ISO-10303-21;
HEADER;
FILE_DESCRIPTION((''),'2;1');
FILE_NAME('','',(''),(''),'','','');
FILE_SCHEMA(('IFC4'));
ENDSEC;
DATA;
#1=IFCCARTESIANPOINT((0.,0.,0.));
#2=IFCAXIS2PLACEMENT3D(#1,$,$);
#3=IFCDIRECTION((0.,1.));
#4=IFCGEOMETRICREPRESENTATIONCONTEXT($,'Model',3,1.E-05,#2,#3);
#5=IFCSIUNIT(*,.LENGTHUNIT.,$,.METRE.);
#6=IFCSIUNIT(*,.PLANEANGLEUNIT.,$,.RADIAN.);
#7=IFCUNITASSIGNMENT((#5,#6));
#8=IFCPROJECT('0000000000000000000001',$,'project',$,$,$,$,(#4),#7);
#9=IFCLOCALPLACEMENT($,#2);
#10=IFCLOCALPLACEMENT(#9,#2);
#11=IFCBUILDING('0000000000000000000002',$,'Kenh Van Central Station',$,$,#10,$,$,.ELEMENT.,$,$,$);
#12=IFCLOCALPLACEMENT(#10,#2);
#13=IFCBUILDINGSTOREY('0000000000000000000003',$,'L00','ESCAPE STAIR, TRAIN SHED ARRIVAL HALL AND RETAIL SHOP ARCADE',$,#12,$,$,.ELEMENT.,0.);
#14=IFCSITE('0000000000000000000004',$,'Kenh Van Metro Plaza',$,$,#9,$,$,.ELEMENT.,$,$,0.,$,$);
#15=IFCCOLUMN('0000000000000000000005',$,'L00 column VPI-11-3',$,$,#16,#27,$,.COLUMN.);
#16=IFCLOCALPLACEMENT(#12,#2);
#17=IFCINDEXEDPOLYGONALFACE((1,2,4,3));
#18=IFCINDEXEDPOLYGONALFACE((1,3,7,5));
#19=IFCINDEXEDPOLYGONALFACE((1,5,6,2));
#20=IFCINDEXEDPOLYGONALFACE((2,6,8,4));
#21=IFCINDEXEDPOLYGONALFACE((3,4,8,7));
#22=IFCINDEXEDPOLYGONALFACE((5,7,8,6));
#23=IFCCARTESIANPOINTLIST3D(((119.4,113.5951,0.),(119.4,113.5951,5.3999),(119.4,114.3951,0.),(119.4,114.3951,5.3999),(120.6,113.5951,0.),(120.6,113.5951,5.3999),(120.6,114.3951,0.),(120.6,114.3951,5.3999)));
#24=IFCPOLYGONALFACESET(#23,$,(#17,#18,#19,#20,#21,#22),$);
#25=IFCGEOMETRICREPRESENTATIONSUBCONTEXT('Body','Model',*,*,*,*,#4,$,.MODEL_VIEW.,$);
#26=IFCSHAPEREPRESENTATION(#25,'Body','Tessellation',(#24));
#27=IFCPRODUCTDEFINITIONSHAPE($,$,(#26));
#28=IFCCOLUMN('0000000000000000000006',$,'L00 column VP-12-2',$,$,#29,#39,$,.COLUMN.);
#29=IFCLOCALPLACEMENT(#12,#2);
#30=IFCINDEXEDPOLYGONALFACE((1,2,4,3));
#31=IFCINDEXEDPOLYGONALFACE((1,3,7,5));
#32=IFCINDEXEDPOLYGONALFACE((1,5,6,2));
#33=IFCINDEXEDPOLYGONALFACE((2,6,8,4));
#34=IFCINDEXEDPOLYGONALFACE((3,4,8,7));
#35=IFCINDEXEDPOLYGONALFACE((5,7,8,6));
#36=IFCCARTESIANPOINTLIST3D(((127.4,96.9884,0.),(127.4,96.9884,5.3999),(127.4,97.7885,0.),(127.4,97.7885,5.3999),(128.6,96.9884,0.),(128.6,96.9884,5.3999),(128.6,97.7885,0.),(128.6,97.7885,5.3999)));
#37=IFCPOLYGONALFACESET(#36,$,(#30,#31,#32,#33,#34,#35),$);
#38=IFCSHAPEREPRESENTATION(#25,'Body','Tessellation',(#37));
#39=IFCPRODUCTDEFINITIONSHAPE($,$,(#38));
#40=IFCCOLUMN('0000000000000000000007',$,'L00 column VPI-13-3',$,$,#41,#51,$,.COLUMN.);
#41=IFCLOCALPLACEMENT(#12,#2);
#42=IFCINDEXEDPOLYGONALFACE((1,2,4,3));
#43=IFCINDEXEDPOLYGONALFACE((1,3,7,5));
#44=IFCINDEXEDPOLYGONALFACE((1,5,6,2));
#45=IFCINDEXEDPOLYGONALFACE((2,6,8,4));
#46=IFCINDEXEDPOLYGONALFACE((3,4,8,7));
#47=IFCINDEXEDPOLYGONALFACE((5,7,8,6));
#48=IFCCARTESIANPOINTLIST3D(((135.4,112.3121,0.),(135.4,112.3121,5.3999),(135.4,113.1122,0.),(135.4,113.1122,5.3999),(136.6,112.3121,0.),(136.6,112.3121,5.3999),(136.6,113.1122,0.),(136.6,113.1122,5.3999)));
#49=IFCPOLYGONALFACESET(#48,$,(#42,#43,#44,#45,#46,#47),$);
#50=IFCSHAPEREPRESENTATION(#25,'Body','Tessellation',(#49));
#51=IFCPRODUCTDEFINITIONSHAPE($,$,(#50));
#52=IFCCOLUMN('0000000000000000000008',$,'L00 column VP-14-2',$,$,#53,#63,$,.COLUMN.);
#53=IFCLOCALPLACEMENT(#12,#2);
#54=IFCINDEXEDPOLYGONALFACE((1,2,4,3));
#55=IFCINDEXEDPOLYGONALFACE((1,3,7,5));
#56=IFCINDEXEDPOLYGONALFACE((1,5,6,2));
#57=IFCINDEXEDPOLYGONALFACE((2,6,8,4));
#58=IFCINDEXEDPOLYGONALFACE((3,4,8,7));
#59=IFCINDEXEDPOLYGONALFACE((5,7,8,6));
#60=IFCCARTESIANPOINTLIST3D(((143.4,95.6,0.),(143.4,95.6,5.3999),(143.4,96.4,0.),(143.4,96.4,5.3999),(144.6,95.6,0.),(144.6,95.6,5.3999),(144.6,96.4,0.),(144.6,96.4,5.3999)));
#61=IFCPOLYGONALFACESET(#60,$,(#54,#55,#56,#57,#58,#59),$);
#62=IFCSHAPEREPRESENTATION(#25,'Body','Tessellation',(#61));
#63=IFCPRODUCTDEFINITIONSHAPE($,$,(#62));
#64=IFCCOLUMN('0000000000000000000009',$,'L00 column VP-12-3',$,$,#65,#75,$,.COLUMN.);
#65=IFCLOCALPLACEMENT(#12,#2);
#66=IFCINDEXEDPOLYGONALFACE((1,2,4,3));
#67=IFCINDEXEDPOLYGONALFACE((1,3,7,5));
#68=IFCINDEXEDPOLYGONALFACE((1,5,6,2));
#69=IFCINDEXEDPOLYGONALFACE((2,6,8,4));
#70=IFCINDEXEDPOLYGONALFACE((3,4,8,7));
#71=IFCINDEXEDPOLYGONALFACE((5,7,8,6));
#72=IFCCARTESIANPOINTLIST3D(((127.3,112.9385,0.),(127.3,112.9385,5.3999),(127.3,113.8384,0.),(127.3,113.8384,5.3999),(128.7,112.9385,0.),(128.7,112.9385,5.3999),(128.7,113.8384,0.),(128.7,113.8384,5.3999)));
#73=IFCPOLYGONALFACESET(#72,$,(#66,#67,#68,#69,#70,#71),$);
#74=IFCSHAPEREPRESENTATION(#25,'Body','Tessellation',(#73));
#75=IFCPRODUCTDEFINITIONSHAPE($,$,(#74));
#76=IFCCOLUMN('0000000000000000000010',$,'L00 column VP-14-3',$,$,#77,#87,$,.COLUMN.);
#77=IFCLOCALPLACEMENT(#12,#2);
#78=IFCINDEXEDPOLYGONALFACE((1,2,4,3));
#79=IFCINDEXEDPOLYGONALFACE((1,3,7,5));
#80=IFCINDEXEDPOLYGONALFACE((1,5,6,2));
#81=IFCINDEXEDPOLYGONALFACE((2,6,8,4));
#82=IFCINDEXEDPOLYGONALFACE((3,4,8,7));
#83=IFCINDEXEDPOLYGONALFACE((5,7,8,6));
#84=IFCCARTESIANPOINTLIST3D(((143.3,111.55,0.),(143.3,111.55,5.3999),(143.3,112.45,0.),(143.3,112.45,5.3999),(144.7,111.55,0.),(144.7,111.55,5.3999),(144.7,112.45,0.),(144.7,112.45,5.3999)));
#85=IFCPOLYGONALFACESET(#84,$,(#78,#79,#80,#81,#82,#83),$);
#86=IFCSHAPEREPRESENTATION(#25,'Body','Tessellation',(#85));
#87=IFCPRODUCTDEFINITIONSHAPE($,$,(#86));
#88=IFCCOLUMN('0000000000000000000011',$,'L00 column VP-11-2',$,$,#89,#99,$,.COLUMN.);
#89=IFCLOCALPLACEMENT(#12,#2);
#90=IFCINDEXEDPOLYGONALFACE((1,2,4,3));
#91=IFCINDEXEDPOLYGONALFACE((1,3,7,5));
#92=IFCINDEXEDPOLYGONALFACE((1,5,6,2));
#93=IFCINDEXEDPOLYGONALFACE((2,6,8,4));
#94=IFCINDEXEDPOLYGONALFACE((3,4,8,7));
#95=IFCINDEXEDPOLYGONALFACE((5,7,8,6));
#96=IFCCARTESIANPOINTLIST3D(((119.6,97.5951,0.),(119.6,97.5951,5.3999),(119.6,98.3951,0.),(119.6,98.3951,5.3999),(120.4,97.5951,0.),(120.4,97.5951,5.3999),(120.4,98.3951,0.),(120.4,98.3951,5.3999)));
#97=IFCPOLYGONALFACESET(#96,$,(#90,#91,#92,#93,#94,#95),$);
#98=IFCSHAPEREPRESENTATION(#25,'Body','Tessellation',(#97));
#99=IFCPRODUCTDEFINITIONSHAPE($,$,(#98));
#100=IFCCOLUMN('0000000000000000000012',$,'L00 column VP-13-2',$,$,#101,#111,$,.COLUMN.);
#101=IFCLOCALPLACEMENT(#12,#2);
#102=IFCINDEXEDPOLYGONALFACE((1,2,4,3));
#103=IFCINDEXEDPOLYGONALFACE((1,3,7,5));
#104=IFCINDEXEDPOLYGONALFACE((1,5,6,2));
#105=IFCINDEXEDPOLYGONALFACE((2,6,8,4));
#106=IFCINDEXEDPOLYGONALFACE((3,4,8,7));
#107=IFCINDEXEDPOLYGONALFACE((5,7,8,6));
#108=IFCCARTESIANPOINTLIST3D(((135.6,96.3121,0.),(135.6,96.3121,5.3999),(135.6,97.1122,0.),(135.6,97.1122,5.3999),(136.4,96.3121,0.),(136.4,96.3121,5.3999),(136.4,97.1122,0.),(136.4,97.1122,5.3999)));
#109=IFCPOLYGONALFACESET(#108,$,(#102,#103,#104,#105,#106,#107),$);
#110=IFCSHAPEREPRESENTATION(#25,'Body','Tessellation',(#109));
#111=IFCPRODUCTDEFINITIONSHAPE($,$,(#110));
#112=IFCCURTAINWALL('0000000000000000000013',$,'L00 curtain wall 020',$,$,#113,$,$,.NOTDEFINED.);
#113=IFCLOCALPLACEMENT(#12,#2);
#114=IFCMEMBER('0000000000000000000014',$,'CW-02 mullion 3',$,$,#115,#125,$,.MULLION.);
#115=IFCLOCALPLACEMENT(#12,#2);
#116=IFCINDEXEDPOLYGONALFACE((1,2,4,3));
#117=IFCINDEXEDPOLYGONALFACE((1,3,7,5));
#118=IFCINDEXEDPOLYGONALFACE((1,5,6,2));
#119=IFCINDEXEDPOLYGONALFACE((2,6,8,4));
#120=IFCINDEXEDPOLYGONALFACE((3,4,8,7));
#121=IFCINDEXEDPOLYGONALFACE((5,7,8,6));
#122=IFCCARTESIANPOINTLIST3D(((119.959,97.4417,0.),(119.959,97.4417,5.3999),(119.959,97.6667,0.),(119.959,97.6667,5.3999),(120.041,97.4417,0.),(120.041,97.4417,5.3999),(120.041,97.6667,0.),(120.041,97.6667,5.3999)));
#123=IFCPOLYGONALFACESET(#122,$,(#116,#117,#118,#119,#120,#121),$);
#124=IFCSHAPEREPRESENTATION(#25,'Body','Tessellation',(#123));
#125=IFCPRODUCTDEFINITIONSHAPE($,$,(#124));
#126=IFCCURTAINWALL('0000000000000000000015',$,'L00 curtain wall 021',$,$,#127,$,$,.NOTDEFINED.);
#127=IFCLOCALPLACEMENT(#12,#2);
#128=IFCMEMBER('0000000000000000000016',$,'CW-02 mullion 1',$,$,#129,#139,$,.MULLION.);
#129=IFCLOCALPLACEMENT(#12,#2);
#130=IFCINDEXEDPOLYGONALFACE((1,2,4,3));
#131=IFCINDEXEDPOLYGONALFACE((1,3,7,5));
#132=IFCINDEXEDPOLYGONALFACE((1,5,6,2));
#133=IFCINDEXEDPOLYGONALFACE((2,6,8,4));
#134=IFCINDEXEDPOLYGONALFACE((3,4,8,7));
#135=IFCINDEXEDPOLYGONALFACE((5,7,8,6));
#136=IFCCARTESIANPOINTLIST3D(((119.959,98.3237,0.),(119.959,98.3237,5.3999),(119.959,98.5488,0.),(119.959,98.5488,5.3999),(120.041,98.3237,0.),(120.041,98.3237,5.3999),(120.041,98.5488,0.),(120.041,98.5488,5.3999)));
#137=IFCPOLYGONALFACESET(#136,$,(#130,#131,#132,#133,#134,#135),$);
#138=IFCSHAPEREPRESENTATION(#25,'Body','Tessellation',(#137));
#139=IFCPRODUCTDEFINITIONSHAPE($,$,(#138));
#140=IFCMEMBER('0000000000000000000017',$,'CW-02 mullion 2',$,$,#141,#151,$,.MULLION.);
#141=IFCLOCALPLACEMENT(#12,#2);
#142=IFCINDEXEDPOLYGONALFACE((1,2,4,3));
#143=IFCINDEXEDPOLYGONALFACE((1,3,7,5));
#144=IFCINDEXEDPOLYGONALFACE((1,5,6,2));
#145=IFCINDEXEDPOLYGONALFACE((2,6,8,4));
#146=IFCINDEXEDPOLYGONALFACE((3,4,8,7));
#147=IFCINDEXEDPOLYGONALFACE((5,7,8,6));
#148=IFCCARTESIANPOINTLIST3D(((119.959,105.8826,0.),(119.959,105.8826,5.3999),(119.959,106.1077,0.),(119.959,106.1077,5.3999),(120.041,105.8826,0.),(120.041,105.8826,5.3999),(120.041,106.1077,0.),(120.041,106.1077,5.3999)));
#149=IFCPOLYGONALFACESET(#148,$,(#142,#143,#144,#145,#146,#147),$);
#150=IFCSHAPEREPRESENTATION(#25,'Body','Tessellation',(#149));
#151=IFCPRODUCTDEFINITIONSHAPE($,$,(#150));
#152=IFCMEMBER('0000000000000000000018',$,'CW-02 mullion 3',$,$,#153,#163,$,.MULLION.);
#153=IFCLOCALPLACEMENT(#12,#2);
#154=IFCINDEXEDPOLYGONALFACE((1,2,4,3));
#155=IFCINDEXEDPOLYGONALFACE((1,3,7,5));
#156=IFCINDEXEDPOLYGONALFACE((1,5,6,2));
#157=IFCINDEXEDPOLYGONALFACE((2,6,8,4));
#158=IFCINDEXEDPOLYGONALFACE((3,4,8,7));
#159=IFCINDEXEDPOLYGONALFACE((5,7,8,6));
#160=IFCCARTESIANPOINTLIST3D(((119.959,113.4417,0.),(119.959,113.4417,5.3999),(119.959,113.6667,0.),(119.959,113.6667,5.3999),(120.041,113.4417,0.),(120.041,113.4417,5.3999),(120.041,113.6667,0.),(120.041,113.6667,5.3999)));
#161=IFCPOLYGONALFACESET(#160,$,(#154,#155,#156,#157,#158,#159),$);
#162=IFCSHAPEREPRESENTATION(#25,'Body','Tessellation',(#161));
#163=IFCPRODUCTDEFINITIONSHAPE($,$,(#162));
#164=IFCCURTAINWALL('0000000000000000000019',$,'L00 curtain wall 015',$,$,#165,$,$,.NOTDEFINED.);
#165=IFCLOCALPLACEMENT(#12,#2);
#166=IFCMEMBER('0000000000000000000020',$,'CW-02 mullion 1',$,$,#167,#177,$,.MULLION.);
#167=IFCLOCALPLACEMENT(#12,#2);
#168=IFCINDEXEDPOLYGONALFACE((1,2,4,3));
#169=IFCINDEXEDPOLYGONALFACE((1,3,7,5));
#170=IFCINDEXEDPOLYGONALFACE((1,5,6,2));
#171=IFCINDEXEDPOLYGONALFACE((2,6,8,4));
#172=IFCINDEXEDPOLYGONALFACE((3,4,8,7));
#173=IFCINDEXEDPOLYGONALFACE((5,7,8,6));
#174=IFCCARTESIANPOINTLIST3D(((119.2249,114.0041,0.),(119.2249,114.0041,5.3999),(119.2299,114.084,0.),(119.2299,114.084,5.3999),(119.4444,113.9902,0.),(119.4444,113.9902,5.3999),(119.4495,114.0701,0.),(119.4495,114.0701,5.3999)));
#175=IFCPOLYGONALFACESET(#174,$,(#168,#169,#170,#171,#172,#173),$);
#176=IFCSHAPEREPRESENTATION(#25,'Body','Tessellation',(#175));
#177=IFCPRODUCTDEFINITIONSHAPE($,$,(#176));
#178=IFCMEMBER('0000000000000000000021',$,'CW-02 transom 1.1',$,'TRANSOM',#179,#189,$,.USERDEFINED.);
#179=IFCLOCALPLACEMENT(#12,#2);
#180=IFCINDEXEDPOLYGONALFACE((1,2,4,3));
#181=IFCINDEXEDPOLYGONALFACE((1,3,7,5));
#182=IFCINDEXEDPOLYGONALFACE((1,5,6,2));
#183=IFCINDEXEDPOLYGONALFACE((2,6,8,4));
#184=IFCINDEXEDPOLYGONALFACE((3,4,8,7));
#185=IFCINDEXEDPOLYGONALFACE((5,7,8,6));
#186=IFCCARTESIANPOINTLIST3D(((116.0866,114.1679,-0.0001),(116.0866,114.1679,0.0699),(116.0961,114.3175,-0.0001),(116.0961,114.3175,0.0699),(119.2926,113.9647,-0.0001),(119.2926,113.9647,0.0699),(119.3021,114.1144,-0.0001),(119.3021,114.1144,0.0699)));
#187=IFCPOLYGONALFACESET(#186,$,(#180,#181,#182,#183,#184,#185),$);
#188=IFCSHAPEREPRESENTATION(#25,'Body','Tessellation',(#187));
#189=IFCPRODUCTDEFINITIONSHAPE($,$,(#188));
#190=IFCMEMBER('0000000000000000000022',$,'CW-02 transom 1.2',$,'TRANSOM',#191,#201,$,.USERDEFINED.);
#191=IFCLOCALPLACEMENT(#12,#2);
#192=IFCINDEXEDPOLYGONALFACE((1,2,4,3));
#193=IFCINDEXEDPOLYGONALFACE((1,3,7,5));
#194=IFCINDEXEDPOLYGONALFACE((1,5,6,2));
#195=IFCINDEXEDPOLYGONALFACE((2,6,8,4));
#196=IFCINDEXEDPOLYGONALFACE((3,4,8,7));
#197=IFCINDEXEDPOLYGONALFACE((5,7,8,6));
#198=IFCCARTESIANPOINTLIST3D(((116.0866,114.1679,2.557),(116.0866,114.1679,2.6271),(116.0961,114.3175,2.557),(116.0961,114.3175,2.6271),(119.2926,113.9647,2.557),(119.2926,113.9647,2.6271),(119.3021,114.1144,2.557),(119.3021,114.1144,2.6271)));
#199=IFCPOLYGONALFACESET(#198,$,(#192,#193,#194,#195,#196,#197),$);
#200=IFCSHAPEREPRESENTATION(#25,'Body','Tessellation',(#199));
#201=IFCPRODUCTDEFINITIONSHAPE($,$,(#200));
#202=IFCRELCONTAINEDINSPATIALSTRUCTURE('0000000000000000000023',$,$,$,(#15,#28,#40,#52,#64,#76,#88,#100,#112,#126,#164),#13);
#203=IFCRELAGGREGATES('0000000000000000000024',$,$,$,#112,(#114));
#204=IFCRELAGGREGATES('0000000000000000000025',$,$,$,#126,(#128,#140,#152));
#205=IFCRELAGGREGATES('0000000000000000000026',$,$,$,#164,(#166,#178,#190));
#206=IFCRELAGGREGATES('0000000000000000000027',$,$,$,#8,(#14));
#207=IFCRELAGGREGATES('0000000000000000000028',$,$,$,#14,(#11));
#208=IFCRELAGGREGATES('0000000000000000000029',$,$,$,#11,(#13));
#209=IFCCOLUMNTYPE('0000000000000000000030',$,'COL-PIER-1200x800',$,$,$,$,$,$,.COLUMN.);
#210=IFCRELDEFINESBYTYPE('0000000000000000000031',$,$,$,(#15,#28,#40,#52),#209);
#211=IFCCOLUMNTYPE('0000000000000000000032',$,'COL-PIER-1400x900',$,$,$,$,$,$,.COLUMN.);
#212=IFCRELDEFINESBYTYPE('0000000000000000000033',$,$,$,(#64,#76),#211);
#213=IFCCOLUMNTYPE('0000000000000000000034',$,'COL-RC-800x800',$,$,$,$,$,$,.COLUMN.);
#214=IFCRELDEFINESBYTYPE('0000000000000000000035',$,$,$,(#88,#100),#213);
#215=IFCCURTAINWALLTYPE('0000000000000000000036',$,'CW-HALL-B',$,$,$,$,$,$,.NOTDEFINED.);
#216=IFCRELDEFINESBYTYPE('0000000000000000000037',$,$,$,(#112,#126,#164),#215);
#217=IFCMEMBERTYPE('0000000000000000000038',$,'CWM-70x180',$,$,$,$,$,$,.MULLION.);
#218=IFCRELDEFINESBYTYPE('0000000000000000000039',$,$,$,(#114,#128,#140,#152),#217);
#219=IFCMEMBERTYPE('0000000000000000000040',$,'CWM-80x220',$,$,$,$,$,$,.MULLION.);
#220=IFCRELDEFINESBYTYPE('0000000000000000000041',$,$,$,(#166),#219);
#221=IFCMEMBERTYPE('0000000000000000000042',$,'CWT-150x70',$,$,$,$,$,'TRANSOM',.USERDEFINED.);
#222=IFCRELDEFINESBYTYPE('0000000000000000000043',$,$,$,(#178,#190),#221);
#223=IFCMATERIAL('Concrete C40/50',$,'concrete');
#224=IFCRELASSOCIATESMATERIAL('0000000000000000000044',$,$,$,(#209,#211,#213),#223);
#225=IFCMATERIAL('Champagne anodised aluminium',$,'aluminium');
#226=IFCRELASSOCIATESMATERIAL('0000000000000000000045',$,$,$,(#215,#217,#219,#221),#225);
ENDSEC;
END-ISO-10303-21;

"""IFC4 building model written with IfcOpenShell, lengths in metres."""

from ifc_helpers import new_model, si_unit, direction, frame, origin, origin_2d, place, context, subcontext, project, spatial, rectangle, extrude, material, material_profile, profile_set, type_object, element, aggregate, save


model = new_model("IFC4")

# Units and contexts
model_context = context("Model", 3, precision=1e-05, world=origin(), true_north=direction((0.0, 1.0)))
body_context = subcontext(model_context, "Body", "Model", "MODEL_VIEW")
ifc_project = project(units=[si_unit("LENGTHUNIT", "METRE"), si_unit("PLANEANGLEUNIT", "RADIAN")], contexts=[model_context])

# Site, building, storey
site_placement = place(None, origin())
site = spatial("IfcSite", under=ifc_project, at=site_placement, Name="Kenh Van Metro Plaza", CompositionType="ELEMENT", RefElevation=0.0)
building_placement = place(site_placement, origin())
building = spatial("IfcBuilding", under=site, at=building_placement, Name="Kenh Van Central Station", CompositionType="ELEMENT")
storey_placement = place(building_placement, origin())
storey = spatial("IfcBuildingStorey", under=building, at=storey_placement, Name="L00", Description="ESCAPE STAIR, TRAIN SHED ARRIVAL HALL AND RETAIL SHOP ARCADE", CompositionType="ELEMENT", Elevation=0.0)

# Columns
ifc_material_1 = material(Name="Concrete C40/50", Category="concrete")
ifc_material_profile_1 = material_profile(ifc_material_1, rectangle(XDim=1.2, YDim=0.8, at=origin_2d()), Name="RC 1200x800")
ifc_profile_set_1 = profile_set([ifc_material_profile_1], Name="Concrete C40/50")
column_type_1 = type_object("IfcColumnType", Name="COL-PIER-1200x800", PredefinedType="COLUMN", material=ifc_profile_set_1)
for number, where, z_axis, x_axis, name in (
    (1, (120.0, 113.9951, 0.0), (0.0, 0.0, 1.0), (1.0, 0.0, 0.0), "L00 column VPI-11-3"),
    (2, (128.0, 97.3884, 0.0), (0.0, 0.0, 1.0), (1.0, 0.0, 0.0), "L00 column VP-12-2"),
    (3, (136.0, 112.7122, 0.0), (0.0, 0.0, 1.0), (1.0, 0.0, 0.0), "L00 column VPI-13-3"),
    (4, (144.0, 96.0, 0.0), (0.0, 0.0, 1.0), (1.0, 0.0, 0.0), "L00 column VP-14-2"),
):
    element("IfcColumn", number, at=place(storey_placement, frame(where, z_axis=z_axis, x_axis=x_axis)), inside=storey, type_object=column_type_1, Name=name, PredefinedType="COLUMN", context=body_context, shape_type="SweptSolid", body=[
        extrude(rectangle(XDim=1.2, YDim=0.8, at=origin_2d()), origin(), (0.0, 0.0, 1.0), 5.3999),
    ])
ifc_material_profile_2 = material_profile(ifc_material_1, rectangle(XDim=1.3999, YDim=0.8999, at=origin_2d()), Name="RC 1400x900")
ifc_profile_set_2 = profile_set([ifc_material_profile_2], Name="Concrete C40/50")
column_type_2 = type_object("IfcColumnType", Name="COL-PIER-1400x900", PredefinedType="COLUMN", material=ifc_profile_set_2)
for number, where, z_axis, x_axis, name in (
    (5, (128.0, 113.3884, 0.0), (0.0, 0.0, 1.0), (1.0, 0.0, 0.0), "L00 column VP-12-3"),
    (6, (144.0, 112.0, 0.0), (0.0, 0.0, 1.0), (1.0, 0.0, 0.0), "L00 column VP-14-3"),
):
    element("IfcColumn", number, at=place(storey_placement, frame(where, z_axis=z_axis, x_axis=x_axis)), inside=storey, type_object=column_type_2, Name=name, PredefinedType="COLUMN", context=body_context, shape_type="SweptSolid", body=[
        extrude(rectangle(XDim=1.3999, YDim=0.8999, at=origin_2d()), origin(), (0.0, 0.0, 1.0), 5.3999),
    ])
ifc_material_profile_3 = material_profile(ifc_material_1, rectangle(XDim=0.8, YDim=0.8, at=origin_2d()), Name="RC 800x800")
ifc_profile_set_3 = profile_set([ifc_material_profile_3], Name="Concrete C40/50")
column_type_3 = type_object("IfcColumnType", Name="COL-RC-800x800", PredefinedType="COLUMN", material=ifc_profile_set_3)
for number, where, z_axis, x_axis, name in (
    (7, (120.0, 97.9951, 0.0), (0.0, 0.0, 1.0), (1.0, 0.0, 0.0), "L00 column VP-11-2"),
    (8, (136.0, 96.7122, 0.0), (0.0, 0.0, 1.0), (1.0, 0.0, 0.0), "L00 column VP-13-2"),
):
    element("IfcColumn", number, at=place(storey_placement, frame(where, z_axis=z_axis, x_axis=x_axis)), inside=storey, type_object=column_type_3, Name=name, PredefinedType="COLUMN", context=body_context, shape_type="SweptSolid", body=[
        extrude(rectangle(XDim=0.8, YDim=0.8, at=origin_2d()), origin(), (0.0, 0.0, 1.0), 5.3999),
    ])

# Curtain wall, member
ifc_material_2 = material(Name="Champagne anodised aluminium", Category="aluminium")
curtain_wall_type = type_object("IfcCurtainWallType", Name="CW-HALL-B", PredefinedType="NOTDEFINED", material=ifc_material_2)
curtain_wall_1_placement = place(storey_placement, origin())
curtain_wall_1 = element("IfcCurtainWall", 9, at=curtain_wall_1_placement, inside=storey, type_object=curtain_wall_type, Name="L00 curtain wall 020", PredefinedType="NOTDEFINED")
ifc_material_profile_4 = material_profile(ifc_material_2, rectangle(XDim=0.082, YDim=0.2251, at=origin_2d()), Name="AL 82x225")
ifc_profile_set_4 = profile_set([ifc_material_profile_4], Name="Champagne anodised aluminium")
member_type_1 = type_object("IfcMemberType", Name="CWM-70x180", PredefinedType="MULLION", material=ifc_profile_set_4)
member_1_placement = place(storey_placement, frame((120.0, 97.5542, 0.0), z_axis=(0.0, 0.0, 1.0), x_axis=(-1.0, 0.0, 0.0)))
member_1 = element("IfcMember", 10, at=member_1_placement, type_object=member_type_1, Name="CW-02 mullion 3", PredefinedType="MULLION", context=body_context, shape_type="SweptSolid", body=[
    extrude(rectangle(XDim=0.082, YDim=0.2251, at=origin_2d()), origin(), (0.0, 0.0, 1.0), 5.3999),
])

# Curtain walls, members
curtain_wall_2_placement = place(storey_placement, origin())
curtain_wall_2 = element("IfcCurtainWall", 11, at=curtain_wall_2_placement, inside=storey, type_object=curtain_wall_type, Name="L00 curtain wall 021", PredefinedType="NOTDEFINED")
member_2_placement = place(storey_placement, frame((120.0, 98.4363, 0.0), z_axis=(0.0, 0.0, 1.0), x_axis=(-1.0, 0.0, 0.0)))
member_2 = element("IfcMember", 12, at=member_2_placement, type_object=member_type_1, Name="CW-02 mullion 1", PredefinedType="MULLION", context=body_context, shape_type="SweptSolid", body=[
    extrude(rectangle(XDim=0.082, YDim=0.2251, at=origin_2d()), origin(), (0.0, 0.0, 1.0), 5.3999),
])
member_3_placement = place(storey_placement, frame((120.0, 105.9951, 0.0), z_axis=(0.0, 0.0, 1.0), x_axis=(-1.0, 0.0, 0.0)))
member_3 = element("IfcMember", 13, at=member_3_placement, type_object=member_type_1, Name="CW-02 mullion 2", PredefinedType="MULLION", context=body_context, shape_type="SweptSolid", body=[
    extrude(rectangle(XDim=0.082, YDim=0.2251, at=origin_2d()), origin(), (0.0, 0.0, 1.0), 5.3999),
])
member_4_placement = place(storey_placement, frame((120.0, 113.5542, 0.0), z_axis=(0.0, 0.0, 1.0), x_axis=(-1.0, 0.0, 0.0)))
member_4 = element("IfcMember", 14, at=member_4_placement, type_object=member_type_1, Name="CW-02 mullion 3", PredefinedType="MULLION", context=body_context, shape_type="SweptSolid", body=[
    extrude(rectangle(XDim=0.082, YDim=0.2251, at=origin_2d()), origin(), (0.0, 0.0, 1.0), 5.3999),
])
curtain_wall_3_placement = place(storey_placement, origin())
curtain_wall_3 = element("IfcCurtainWall", 15, at=curtain_wall_3_placement, inside=storey, type_object=curtain_wall_type, Name="L00 curtain wall 015", PredefinedType="NOTDEFINED")
ifc_material_profile_5 = material_profile(ifc_material_2, rectangle(XDim=0.0801, YDim=0.22, at=origin_2d()), Name="AL 80x220")
ifc_profile_set_5 = profile_set([ifc_material_profile_5], Name="Champagne anodised aluminium")
member_type_2 = type_object("IfcMemberType", Name="CWM-80x220", PredefinedType="MULLION", material=ifc_profile_set_5)
member_5_placement = place(storey_placement, frame((119.3372, 114.0371, 0.0), z_axis=(0.0, 0.0, 1.0), x_axis=(-0.063211, -0.998, 0.0)))
member_5 = element("IfcMember", 16, at=member_5_placement, type_object=member_type_2, Name="CW-02 mullion 1", PredefinedType="MULLION", context=body_context, shape_type="SweptSolid", body=[
    extrude(rectangle(XDim=0.0801, YDim=0.22, at=origin_2d()), origin(), (0.0, 0.0, 1.0), 5.3999),
])
ifc_material_profile_6 = material_profile(ifc_material_2, rectangle(XDim=0.1499, YDim=0.0701, at=origin_2d()), Name="AL 150x70")
ifc_profile_set_6 = profile_set([ifc_material_profile_6], Name="Champagne anodised aluminium")
member_type_3 = type_object("IfcMemberType", Name="CWT-150x70", ElementType="TRANSOM", PredefinedType="USERDEFINED", material=ifc_profile_set_6)
member_6_placement = place(storey_placement, frame((119.2974, 114.0396, 0.0349), z_axis=(-0.997999, 0.06323, 0.0), x_axis=(-0.06323, -0.997999, 0.0)))
member_6 = element("IfcMember", 17, at=member_6_placement, type_object=member_type_3, Name="CW-02 transom 1.1", ObjectType="TRANSOM", PredefinedType="USERDEFINED", context=body_context, shape_type="SweptSolid", body=[
    extrude(rectangle(XDim=0.1499, YDim=0.0701, at=origin_2d()), origin(), (0.0, 0.0, 1.0), 3.2124),
])
member_7_placement = place(storey_placement, frame((119.2974, 114.0396, 2.592), z_axis=(-0.997999, 0.06323, 0.0), x_axis=(-0.06323, -0.997999, 0.0)))
member_7 = element("IfcMember", 18, at=member_7_placement, type_object=member_type_3, Name="CW-02 transom 1.2", ObjectType="TRANSOM", PredefinedType="USERDEFINED", context=body_context, shape_type="SweptSolid", body=[
    extrude(rectangle(XDim=0.1499, YDim=0.0701, at=origin_2d()), origin(), (0.0, 0.0, 1.0), 3.2124),
])

aggregate(curtain_wall_1, [member_1])
aggregate(curtain_wall_2, [member_2, member_3, member_4])
aggregate(curtain_wall_3, [member_5, member_6, member_7])

save(model, "model.ifc")
